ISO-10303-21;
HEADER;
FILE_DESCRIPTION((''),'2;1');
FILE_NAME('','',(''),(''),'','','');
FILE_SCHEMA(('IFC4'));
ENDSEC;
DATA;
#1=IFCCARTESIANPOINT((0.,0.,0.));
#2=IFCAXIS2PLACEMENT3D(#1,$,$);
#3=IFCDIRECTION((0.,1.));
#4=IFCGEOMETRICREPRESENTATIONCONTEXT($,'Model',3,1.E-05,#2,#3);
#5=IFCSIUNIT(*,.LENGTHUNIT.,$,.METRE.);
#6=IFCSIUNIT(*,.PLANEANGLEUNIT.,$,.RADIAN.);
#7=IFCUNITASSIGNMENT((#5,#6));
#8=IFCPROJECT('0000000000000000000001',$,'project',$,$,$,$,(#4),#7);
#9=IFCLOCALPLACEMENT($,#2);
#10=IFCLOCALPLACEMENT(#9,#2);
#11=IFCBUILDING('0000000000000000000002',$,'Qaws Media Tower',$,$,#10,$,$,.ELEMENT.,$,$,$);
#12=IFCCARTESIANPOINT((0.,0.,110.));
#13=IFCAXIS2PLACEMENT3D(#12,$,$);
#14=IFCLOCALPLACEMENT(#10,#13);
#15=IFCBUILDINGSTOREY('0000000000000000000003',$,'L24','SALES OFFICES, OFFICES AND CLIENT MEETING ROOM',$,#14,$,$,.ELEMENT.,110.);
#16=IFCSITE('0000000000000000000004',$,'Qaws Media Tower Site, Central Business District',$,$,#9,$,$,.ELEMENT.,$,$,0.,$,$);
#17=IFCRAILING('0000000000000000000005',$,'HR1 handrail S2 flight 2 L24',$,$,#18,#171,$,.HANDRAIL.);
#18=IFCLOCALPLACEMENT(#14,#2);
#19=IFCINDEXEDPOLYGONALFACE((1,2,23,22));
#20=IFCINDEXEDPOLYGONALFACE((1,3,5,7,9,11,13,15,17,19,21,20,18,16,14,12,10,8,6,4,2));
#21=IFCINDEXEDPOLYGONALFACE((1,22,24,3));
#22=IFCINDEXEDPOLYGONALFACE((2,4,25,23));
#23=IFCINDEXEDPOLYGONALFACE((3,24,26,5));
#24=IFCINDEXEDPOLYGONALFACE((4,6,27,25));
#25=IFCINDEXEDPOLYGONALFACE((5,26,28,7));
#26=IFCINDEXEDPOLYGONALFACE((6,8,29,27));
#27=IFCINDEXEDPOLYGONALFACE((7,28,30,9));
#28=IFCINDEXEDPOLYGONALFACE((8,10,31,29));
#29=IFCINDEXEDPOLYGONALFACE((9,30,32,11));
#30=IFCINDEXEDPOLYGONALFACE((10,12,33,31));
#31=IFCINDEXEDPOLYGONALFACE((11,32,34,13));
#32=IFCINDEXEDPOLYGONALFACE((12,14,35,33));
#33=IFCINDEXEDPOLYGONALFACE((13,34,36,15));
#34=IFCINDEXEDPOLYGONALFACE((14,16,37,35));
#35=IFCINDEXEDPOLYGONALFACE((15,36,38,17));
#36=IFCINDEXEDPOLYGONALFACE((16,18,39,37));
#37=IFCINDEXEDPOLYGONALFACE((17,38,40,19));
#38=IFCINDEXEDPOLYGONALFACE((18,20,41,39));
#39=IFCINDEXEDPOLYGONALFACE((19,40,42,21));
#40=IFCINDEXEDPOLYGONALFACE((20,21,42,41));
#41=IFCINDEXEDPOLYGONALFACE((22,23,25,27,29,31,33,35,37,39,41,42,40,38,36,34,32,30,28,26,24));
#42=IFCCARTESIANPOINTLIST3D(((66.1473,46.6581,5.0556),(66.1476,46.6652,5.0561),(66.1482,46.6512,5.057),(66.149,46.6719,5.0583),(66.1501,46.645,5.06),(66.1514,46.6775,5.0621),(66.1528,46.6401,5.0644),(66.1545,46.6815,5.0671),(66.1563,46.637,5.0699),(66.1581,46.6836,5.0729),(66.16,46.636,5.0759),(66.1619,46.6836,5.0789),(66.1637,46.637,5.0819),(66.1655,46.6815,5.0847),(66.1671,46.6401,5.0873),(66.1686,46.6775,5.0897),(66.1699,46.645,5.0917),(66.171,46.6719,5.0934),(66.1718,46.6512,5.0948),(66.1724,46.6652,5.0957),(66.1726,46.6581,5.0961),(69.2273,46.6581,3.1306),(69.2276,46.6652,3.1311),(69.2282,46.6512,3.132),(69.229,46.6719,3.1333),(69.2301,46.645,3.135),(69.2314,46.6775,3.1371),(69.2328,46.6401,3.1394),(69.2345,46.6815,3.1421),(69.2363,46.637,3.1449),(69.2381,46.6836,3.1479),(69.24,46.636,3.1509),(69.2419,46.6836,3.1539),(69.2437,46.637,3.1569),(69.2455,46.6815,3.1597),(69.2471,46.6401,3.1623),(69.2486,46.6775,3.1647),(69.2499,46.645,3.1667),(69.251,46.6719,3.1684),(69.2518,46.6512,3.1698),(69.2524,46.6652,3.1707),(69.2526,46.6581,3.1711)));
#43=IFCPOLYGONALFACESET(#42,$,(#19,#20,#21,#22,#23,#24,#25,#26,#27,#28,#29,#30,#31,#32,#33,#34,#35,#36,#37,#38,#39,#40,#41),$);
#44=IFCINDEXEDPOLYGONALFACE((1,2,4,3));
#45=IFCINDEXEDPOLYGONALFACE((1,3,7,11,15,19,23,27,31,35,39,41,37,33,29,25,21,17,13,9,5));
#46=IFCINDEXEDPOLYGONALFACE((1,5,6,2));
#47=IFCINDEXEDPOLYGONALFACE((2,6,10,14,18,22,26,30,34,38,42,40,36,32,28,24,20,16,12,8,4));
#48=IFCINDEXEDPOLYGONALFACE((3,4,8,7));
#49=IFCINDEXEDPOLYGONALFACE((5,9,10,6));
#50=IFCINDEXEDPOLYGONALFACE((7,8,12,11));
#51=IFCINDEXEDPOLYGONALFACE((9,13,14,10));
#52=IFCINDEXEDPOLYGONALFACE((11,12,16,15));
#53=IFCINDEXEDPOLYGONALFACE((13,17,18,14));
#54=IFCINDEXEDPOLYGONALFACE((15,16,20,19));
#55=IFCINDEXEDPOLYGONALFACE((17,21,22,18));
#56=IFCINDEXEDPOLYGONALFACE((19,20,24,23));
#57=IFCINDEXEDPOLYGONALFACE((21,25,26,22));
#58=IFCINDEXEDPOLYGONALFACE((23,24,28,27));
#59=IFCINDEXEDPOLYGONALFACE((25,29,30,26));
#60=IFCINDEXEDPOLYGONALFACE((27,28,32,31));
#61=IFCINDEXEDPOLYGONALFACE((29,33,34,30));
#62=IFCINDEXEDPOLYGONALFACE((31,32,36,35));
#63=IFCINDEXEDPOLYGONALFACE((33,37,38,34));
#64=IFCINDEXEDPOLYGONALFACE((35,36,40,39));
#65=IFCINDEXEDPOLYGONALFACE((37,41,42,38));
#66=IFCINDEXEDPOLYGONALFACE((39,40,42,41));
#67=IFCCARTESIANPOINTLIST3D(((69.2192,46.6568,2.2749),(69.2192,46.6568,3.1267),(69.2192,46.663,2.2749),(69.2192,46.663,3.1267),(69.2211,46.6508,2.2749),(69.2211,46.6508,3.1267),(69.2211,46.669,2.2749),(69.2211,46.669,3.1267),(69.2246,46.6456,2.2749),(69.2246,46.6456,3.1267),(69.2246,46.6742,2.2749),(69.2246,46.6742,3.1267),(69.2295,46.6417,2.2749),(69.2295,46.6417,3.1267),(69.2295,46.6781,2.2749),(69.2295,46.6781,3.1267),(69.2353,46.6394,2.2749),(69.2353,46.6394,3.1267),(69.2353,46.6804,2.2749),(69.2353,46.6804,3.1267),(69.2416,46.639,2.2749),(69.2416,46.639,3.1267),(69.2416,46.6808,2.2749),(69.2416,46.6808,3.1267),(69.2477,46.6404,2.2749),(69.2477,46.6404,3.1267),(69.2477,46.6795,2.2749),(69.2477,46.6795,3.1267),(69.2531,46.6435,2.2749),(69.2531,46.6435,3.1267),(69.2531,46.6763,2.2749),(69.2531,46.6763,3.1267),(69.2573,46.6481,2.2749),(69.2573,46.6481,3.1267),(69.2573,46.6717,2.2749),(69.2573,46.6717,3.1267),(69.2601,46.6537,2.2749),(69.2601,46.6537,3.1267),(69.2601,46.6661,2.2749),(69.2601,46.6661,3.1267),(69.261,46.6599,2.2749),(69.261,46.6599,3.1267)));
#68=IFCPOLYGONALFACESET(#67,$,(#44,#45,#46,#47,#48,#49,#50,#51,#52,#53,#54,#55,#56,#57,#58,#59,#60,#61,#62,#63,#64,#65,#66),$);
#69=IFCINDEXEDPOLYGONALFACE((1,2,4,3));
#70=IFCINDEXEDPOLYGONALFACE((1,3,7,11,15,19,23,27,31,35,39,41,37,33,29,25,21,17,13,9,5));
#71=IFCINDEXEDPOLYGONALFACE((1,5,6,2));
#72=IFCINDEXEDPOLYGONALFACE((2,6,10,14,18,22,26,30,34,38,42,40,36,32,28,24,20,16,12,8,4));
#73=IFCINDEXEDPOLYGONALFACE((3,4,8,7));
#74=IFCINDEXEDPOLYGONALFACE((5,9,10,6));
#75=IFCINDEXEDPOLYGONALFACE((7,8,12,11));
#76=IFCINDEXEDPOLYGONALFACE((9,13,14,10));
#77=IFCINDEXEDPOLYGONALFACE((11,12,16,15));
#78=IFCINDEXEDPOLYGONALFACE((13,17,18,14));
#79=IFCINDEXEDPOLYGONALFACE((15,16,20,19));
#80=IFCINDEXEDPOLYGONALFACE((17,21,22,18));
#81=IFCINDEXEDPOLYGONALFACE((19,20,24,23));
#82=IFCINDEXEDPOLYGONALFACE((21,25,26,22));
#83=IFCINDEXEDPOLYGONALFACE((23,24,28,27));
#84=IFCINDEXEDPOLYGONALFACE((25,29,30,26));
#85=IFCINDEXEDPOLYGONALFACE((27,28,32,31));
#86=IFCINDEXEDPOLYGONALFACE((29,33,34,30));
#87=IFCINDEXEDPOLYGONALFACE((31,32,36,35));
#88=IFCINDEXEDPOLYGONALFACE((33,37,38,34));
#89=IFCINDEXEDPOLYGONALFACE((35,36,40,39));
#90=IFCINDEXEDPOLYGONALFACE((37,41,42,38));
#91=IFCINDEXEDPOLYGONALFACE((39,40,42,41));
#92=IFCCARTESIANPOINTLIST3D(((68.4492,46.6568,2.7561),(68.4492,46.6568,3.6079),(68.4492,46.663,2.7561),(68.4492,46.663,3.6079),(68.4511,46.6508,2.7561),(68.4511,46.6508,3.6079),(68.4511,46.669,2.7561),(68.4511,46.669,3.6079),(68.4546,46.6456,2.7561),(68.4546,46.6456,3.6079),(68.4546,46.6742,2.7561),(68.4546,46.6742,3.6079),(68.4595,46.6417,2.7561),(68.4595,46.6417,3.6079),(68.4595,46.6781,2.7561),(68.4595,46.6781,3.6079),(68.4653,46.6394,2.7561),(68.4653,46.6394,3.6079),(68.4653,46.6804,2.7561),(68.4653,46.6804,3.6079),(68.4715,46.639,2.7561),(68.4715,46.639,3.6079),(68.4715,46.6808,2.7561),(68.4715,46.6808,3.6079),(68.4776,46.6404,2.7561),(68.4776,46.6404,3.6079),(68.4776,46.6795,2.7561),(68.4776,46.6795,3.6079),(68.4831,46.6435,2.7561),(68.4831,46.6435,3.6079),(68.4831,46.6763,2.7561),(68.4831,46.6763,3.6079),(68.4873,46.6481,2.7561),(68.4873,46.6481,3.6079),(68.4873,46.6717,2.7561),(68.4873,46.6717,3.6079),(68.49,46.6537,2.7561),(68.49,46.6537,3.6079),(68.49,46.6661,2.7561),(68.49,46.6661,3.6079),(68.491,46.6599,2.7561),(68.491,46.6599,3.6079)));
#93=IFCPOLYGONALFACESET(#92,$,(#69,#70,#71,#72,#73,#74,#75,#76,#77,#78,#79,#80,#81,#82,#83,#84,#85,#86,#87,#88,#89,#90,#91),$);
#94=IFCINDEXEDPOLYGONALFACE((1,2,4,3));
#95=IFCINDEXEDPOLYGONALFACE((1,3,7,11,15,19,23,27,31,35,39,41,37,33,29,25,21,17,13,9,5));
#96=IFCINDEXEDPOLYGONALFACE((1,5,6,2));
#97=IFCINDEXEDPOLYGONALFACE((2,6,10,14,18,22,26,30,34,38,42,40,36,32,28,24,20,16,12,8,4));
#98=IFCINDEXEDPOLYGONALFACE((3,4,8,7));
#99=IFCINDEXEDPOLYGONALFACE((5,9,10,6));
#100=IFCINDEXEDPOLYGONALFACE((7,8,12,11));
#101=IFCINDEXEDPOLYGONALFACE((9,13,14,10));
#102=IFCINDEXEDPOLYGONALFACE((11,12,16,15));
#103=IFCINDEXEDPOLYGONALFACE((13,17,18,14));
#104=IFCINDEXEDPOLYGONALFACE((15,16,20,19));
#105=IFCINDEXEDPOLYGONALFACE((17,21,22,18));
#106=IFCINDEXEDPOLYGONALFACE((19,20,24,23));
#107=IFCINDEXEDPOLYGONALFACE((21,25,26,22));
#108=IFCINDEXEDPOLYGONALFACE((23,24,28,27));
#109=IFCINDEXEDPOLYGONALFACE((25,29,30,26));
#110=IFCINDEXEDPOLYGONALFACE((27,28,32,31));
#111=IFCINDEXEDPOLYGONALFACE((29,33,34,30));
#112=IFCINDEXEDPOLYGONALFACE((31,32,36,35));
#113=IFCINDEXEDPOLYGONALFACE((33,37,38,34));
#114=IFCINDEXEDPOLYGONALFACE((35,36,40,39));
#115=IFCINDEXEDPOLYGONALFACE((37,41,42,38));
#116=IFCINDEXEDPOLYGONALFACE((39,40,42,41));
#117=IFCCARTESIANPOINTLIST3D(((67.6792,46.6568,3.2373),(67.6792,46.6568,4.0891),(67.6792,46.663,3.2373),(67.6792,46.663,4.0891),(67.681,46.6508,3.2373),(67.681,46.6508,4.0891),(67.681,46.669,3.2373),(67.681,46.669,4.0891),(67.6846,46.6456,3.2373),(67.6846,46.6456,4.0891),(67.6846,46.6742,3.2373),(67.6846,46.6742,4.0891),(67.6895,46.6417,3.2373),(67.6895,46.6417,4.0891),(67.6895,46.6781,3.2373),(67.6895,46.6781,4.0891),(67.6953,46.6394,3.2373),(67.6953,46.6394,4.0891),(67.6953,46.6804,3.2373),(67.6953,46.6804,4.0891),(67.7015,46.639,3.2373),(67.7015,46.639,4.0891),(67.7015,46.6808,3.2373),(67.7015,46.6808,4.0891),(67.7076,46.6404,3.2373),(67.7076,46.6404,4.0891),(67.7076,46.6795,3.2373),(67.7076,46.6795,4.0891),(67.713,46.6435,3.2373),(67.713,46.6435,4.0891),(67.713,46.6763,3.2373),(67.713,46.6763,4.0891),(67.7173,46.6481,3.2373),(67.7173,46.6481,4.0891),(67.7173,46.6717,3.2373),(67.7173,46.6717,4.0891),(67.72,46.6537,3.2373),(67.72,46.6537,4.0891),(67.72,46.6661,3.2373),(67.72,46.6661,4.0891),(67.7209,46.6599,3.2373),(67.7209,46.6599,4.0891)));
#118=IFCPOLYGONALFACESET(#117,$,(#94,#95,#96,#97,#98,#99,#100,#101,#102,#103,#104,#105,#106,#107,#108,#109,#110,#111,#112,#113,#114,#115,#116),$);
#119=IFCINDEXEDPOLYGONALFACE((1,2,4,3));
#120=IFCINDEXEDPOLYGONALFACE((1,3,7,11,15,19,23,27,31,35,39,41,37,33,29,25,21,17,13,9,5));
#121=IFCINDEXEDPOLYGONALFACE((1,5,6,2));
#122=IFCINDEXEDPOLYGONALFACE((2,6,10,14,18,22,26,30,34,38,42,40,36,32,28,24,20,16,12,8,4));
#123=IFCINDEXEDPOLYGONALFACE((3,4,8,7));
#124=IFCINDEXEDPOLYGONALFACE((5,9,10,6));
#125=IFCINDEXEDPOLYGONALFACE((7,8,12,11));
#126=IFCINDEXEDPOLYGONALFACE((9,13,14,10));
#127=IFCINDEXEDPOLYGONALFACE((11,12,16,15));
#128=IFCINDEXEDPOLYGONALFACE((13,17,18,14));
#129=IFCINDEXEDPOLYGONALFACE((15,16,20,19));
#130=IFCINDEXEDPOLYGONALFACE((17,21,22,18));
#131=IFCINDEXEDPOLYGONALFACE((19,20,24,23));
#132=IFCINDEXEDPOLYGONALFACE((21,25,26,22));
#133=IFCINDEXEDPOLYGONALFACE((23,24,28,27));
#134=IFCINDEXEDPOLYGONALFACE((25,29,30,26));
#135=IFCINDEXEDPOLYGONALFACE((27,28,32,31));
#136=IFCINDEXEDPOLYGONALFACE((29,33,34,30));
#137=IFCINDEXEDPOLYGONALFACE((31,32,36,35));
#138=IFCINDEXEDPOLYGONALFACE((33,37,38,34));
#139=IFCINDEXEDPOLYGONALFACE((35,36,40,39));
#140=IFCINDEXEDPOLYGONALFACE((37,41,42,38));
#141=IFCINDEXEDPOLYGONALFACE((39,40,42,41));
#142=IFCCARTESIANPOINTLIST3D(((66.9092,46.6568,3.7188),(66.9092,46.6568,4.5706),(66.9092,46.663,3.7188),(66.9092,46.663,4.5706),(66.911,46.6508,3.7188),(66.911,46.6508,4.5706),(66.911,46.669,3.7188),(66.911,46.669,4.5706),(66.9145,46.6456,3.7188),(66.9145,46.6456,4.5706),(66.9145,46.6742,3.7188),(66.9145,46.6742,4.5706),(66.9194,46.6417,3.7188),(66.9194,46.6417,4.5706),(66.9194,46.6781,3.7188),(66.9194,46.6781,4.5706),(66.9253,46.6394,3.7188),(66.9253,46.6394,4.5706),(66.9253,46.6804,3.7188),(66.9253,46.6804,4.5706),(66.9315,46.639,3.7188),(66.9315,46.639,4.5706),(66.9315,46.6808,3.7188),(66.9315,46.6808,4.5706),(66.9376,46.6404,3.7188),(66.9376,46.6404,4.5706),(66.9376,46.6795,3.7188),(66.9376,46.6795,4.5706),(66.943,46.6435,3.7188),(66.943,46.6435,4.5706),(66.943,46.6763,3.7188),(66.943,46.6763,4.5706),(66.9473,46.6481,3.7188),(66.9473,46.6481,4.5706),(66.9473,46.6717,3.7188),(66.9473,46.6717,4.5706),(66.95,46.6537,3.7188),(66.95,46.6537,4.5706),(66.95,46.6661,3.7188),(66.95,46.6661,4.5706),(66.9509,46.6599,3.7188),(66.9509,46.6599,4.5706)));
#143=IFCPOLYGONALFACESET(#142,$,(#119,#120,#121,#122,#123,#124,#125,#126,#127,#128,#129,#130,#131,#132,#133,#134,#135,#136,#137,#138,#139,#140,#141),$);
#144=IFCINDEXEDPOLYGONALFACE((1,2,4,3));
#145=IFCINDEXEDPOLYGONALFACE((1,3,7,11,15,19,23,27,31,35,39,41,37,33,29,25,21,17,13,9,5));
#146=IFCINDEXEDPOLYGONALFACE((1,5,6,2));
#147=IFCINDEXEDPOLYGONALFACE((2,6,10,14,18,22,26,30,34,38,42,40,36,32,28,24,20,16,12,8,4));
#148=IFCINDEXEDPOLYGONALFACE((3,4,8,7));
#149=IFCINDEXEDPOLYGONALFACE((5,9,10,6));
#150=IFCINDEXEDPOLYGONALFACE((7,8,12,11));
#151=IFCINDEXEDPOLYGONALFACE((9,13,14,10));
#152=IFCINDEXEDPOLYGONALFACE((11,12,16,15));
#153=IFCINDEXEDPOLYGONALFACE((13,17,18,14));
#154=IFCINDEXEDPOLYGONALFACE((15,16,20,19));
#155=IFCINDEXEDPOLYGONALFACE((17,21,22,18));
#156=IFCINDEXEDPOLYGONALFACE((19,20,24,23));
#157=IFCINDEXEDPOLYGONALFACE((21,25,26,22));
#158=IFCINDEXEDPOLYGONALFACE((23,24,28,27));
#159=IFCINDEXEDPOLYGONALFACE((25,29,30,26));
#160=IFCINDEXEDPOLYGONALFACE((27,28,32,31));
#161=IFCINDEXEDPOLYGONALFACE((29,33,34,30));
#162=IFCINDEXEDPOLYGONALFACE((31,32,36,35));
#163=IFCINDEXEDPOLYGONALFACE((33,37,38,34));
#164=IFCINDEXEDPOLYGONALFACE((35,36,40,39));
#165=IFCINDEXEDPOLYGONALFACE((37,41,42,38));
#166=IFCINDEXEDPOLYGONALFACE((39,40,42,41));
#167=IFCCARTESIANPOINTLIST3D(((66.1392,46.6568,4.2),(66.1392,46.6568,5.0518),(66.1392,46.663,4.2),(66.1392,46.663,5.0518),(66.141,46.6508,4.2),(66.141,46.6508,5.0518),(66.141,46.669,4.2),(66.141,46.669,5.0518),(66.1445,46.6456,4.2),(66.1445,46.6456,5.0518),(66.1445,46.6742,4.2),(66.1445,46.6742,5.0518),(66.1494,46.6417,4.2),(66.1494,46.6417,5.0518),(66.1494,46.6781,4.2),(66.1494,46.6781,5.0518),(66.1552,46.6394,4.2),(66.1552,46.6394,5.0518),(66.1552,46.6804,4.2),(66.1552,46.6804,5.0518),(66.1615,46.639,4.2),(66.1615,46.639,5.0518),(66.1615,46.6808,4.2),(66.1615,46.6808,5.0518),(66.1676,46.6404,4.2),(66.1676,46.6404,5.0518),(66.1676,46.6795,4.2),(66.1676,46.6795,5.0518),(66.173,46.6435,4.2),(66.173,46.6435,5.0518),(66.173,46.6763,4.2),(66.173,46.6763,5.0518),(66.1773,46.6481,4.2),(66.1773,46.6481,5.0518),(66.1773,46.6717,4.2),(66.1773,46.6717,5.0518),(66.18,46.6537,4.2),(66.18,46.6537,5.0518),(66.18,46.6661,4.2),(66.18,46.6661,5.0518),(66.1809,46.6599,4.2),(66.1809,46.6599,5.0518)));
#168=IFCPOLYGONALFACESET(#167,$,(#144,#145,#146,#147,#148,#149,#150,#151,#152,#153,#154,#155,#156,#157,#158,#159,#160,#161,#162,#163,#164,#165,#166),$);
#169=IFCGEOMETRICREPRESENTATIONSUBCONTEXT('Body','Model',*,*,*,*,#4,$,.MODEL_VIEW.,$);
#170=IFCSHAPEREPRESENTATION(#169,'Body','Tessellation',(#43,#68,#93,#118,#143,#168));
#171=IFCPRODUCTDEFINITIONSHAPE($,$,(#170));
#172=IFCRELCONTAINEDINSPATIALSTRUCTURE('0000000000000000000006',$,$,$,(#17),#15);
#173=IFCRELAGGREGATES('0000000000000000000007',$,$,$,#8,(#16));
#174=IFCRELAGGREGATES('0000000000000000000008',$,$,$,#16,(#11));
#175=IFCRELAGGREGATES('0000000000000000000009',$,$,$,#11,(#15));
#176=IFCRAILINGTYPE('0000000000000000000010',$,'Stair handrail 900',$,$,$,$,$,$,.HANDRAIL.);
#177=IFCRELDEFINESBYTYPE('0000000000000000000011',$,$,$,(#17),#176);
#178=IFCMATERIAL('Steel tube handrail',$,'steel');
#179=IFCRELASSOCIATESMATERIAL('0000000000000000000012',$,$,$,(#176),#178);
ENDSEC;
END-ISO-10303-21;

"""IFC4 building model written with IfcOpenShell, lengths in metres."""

from ifc_helpers import new_model, si_unit, direction, frame, origin, origin_2d, place, context, subcontext, project, spatial, circle, extrude, material, type_object, element, save


model = new_model("IFC4")

# Units and contexts
model_context = context("Model", 3, precision=1e-05, world=origin(), true_north=direction((0.0, 1.0)))
body_context = subcontext(model_context, "Body", "Model", "MODEL_VIEW")
ifc_project = project(units=[si_unit("LENGTHUNIT", "METRE"), si_unit("PLANEANGLEUNIT", "RADIAN")], contexts=[model_context])

# Site, building, storey
site_placement = place(None, origin())
site = spatial("IfcSite", under=ifc_project, at=site_placement, Name="Qaws Media Tower Site, Central Business District", CompositionType="ELEMENT", RefElevation=0.0)
building_placement = place(site_placement, origin())
building = spatial("IfcBuilding", under=site, at=building_placement, Name="Qaws Media Tower", CompositionType="ELEMENT")
storey_placement = place(building_placement, frame((0.0, 0.0, 110.0)))
storey = spatial("IfcBuildingStorey", under=building, at=storey_placement, Name="L24", Description="SALES OFFICES, OFFICES AND CLIENT MEETING ROOM", CompositionType="ELEMENT", Elevation=110.0)

# Railing
ifc_material_1 = material(Name="Steel tube handrail", Category="steel")
railing_type = type_object("IfcRailingType", Name="Stair handrail 900", PredefinedType="HANDRAIL", material=ifc_material_1)
for number, where, name in (
    (1, (69.24, 46.6599, 2.2749), "HR1 handrail S2 flight 2 L24"),
):
    element("IfcRailing", number, at=place(storey_placement, frame(where)), inside=storey, type_object=railing_type, Name=name, PredefinedType="HANDRAIL", context=body_context, shape_type="SweptSolid", body=[
        extrude(circle(Radius=0.0239, at=origin_2d()), frame((0.0, 0.0, 0.876), z_axis=(-0.847998, 0.0, 0.529999), x_axis=(0.0, -1.0, 0.0)), (0.0, 0.0, 1.0), 3.6321),
        extrude(circle(Radius=0.021, at=origin_2d()), origin(), (0.0, 0.0, 1.0), 0.8518),
        extrude(circle(Radius=0.021, at=origin_2d()), frame((-0.77, 0.0, 0.4812)), (0.0, 0.0, 1.0), 0.8518),
        extrude(circle(Radius=0.021, at=origin_2d()), frame((-1.54, 0.0, 0.9624)), (0.0, 0.0, 1.0), 0.8518),
        extrude(circle(Radius=0.021, at=origin_2d()), frame((-2.3101, 0.0, 1.4438)), (0.0, 0.0, 1.0), 0.8518),
        extrude(circle(Radius=0.021, at=origin_2d()), frame((-3.0801, 0.0, 1.925)), (0.0, 0.0, 1.0), 0.8518),
    ])

save(model, "model.ifc")
